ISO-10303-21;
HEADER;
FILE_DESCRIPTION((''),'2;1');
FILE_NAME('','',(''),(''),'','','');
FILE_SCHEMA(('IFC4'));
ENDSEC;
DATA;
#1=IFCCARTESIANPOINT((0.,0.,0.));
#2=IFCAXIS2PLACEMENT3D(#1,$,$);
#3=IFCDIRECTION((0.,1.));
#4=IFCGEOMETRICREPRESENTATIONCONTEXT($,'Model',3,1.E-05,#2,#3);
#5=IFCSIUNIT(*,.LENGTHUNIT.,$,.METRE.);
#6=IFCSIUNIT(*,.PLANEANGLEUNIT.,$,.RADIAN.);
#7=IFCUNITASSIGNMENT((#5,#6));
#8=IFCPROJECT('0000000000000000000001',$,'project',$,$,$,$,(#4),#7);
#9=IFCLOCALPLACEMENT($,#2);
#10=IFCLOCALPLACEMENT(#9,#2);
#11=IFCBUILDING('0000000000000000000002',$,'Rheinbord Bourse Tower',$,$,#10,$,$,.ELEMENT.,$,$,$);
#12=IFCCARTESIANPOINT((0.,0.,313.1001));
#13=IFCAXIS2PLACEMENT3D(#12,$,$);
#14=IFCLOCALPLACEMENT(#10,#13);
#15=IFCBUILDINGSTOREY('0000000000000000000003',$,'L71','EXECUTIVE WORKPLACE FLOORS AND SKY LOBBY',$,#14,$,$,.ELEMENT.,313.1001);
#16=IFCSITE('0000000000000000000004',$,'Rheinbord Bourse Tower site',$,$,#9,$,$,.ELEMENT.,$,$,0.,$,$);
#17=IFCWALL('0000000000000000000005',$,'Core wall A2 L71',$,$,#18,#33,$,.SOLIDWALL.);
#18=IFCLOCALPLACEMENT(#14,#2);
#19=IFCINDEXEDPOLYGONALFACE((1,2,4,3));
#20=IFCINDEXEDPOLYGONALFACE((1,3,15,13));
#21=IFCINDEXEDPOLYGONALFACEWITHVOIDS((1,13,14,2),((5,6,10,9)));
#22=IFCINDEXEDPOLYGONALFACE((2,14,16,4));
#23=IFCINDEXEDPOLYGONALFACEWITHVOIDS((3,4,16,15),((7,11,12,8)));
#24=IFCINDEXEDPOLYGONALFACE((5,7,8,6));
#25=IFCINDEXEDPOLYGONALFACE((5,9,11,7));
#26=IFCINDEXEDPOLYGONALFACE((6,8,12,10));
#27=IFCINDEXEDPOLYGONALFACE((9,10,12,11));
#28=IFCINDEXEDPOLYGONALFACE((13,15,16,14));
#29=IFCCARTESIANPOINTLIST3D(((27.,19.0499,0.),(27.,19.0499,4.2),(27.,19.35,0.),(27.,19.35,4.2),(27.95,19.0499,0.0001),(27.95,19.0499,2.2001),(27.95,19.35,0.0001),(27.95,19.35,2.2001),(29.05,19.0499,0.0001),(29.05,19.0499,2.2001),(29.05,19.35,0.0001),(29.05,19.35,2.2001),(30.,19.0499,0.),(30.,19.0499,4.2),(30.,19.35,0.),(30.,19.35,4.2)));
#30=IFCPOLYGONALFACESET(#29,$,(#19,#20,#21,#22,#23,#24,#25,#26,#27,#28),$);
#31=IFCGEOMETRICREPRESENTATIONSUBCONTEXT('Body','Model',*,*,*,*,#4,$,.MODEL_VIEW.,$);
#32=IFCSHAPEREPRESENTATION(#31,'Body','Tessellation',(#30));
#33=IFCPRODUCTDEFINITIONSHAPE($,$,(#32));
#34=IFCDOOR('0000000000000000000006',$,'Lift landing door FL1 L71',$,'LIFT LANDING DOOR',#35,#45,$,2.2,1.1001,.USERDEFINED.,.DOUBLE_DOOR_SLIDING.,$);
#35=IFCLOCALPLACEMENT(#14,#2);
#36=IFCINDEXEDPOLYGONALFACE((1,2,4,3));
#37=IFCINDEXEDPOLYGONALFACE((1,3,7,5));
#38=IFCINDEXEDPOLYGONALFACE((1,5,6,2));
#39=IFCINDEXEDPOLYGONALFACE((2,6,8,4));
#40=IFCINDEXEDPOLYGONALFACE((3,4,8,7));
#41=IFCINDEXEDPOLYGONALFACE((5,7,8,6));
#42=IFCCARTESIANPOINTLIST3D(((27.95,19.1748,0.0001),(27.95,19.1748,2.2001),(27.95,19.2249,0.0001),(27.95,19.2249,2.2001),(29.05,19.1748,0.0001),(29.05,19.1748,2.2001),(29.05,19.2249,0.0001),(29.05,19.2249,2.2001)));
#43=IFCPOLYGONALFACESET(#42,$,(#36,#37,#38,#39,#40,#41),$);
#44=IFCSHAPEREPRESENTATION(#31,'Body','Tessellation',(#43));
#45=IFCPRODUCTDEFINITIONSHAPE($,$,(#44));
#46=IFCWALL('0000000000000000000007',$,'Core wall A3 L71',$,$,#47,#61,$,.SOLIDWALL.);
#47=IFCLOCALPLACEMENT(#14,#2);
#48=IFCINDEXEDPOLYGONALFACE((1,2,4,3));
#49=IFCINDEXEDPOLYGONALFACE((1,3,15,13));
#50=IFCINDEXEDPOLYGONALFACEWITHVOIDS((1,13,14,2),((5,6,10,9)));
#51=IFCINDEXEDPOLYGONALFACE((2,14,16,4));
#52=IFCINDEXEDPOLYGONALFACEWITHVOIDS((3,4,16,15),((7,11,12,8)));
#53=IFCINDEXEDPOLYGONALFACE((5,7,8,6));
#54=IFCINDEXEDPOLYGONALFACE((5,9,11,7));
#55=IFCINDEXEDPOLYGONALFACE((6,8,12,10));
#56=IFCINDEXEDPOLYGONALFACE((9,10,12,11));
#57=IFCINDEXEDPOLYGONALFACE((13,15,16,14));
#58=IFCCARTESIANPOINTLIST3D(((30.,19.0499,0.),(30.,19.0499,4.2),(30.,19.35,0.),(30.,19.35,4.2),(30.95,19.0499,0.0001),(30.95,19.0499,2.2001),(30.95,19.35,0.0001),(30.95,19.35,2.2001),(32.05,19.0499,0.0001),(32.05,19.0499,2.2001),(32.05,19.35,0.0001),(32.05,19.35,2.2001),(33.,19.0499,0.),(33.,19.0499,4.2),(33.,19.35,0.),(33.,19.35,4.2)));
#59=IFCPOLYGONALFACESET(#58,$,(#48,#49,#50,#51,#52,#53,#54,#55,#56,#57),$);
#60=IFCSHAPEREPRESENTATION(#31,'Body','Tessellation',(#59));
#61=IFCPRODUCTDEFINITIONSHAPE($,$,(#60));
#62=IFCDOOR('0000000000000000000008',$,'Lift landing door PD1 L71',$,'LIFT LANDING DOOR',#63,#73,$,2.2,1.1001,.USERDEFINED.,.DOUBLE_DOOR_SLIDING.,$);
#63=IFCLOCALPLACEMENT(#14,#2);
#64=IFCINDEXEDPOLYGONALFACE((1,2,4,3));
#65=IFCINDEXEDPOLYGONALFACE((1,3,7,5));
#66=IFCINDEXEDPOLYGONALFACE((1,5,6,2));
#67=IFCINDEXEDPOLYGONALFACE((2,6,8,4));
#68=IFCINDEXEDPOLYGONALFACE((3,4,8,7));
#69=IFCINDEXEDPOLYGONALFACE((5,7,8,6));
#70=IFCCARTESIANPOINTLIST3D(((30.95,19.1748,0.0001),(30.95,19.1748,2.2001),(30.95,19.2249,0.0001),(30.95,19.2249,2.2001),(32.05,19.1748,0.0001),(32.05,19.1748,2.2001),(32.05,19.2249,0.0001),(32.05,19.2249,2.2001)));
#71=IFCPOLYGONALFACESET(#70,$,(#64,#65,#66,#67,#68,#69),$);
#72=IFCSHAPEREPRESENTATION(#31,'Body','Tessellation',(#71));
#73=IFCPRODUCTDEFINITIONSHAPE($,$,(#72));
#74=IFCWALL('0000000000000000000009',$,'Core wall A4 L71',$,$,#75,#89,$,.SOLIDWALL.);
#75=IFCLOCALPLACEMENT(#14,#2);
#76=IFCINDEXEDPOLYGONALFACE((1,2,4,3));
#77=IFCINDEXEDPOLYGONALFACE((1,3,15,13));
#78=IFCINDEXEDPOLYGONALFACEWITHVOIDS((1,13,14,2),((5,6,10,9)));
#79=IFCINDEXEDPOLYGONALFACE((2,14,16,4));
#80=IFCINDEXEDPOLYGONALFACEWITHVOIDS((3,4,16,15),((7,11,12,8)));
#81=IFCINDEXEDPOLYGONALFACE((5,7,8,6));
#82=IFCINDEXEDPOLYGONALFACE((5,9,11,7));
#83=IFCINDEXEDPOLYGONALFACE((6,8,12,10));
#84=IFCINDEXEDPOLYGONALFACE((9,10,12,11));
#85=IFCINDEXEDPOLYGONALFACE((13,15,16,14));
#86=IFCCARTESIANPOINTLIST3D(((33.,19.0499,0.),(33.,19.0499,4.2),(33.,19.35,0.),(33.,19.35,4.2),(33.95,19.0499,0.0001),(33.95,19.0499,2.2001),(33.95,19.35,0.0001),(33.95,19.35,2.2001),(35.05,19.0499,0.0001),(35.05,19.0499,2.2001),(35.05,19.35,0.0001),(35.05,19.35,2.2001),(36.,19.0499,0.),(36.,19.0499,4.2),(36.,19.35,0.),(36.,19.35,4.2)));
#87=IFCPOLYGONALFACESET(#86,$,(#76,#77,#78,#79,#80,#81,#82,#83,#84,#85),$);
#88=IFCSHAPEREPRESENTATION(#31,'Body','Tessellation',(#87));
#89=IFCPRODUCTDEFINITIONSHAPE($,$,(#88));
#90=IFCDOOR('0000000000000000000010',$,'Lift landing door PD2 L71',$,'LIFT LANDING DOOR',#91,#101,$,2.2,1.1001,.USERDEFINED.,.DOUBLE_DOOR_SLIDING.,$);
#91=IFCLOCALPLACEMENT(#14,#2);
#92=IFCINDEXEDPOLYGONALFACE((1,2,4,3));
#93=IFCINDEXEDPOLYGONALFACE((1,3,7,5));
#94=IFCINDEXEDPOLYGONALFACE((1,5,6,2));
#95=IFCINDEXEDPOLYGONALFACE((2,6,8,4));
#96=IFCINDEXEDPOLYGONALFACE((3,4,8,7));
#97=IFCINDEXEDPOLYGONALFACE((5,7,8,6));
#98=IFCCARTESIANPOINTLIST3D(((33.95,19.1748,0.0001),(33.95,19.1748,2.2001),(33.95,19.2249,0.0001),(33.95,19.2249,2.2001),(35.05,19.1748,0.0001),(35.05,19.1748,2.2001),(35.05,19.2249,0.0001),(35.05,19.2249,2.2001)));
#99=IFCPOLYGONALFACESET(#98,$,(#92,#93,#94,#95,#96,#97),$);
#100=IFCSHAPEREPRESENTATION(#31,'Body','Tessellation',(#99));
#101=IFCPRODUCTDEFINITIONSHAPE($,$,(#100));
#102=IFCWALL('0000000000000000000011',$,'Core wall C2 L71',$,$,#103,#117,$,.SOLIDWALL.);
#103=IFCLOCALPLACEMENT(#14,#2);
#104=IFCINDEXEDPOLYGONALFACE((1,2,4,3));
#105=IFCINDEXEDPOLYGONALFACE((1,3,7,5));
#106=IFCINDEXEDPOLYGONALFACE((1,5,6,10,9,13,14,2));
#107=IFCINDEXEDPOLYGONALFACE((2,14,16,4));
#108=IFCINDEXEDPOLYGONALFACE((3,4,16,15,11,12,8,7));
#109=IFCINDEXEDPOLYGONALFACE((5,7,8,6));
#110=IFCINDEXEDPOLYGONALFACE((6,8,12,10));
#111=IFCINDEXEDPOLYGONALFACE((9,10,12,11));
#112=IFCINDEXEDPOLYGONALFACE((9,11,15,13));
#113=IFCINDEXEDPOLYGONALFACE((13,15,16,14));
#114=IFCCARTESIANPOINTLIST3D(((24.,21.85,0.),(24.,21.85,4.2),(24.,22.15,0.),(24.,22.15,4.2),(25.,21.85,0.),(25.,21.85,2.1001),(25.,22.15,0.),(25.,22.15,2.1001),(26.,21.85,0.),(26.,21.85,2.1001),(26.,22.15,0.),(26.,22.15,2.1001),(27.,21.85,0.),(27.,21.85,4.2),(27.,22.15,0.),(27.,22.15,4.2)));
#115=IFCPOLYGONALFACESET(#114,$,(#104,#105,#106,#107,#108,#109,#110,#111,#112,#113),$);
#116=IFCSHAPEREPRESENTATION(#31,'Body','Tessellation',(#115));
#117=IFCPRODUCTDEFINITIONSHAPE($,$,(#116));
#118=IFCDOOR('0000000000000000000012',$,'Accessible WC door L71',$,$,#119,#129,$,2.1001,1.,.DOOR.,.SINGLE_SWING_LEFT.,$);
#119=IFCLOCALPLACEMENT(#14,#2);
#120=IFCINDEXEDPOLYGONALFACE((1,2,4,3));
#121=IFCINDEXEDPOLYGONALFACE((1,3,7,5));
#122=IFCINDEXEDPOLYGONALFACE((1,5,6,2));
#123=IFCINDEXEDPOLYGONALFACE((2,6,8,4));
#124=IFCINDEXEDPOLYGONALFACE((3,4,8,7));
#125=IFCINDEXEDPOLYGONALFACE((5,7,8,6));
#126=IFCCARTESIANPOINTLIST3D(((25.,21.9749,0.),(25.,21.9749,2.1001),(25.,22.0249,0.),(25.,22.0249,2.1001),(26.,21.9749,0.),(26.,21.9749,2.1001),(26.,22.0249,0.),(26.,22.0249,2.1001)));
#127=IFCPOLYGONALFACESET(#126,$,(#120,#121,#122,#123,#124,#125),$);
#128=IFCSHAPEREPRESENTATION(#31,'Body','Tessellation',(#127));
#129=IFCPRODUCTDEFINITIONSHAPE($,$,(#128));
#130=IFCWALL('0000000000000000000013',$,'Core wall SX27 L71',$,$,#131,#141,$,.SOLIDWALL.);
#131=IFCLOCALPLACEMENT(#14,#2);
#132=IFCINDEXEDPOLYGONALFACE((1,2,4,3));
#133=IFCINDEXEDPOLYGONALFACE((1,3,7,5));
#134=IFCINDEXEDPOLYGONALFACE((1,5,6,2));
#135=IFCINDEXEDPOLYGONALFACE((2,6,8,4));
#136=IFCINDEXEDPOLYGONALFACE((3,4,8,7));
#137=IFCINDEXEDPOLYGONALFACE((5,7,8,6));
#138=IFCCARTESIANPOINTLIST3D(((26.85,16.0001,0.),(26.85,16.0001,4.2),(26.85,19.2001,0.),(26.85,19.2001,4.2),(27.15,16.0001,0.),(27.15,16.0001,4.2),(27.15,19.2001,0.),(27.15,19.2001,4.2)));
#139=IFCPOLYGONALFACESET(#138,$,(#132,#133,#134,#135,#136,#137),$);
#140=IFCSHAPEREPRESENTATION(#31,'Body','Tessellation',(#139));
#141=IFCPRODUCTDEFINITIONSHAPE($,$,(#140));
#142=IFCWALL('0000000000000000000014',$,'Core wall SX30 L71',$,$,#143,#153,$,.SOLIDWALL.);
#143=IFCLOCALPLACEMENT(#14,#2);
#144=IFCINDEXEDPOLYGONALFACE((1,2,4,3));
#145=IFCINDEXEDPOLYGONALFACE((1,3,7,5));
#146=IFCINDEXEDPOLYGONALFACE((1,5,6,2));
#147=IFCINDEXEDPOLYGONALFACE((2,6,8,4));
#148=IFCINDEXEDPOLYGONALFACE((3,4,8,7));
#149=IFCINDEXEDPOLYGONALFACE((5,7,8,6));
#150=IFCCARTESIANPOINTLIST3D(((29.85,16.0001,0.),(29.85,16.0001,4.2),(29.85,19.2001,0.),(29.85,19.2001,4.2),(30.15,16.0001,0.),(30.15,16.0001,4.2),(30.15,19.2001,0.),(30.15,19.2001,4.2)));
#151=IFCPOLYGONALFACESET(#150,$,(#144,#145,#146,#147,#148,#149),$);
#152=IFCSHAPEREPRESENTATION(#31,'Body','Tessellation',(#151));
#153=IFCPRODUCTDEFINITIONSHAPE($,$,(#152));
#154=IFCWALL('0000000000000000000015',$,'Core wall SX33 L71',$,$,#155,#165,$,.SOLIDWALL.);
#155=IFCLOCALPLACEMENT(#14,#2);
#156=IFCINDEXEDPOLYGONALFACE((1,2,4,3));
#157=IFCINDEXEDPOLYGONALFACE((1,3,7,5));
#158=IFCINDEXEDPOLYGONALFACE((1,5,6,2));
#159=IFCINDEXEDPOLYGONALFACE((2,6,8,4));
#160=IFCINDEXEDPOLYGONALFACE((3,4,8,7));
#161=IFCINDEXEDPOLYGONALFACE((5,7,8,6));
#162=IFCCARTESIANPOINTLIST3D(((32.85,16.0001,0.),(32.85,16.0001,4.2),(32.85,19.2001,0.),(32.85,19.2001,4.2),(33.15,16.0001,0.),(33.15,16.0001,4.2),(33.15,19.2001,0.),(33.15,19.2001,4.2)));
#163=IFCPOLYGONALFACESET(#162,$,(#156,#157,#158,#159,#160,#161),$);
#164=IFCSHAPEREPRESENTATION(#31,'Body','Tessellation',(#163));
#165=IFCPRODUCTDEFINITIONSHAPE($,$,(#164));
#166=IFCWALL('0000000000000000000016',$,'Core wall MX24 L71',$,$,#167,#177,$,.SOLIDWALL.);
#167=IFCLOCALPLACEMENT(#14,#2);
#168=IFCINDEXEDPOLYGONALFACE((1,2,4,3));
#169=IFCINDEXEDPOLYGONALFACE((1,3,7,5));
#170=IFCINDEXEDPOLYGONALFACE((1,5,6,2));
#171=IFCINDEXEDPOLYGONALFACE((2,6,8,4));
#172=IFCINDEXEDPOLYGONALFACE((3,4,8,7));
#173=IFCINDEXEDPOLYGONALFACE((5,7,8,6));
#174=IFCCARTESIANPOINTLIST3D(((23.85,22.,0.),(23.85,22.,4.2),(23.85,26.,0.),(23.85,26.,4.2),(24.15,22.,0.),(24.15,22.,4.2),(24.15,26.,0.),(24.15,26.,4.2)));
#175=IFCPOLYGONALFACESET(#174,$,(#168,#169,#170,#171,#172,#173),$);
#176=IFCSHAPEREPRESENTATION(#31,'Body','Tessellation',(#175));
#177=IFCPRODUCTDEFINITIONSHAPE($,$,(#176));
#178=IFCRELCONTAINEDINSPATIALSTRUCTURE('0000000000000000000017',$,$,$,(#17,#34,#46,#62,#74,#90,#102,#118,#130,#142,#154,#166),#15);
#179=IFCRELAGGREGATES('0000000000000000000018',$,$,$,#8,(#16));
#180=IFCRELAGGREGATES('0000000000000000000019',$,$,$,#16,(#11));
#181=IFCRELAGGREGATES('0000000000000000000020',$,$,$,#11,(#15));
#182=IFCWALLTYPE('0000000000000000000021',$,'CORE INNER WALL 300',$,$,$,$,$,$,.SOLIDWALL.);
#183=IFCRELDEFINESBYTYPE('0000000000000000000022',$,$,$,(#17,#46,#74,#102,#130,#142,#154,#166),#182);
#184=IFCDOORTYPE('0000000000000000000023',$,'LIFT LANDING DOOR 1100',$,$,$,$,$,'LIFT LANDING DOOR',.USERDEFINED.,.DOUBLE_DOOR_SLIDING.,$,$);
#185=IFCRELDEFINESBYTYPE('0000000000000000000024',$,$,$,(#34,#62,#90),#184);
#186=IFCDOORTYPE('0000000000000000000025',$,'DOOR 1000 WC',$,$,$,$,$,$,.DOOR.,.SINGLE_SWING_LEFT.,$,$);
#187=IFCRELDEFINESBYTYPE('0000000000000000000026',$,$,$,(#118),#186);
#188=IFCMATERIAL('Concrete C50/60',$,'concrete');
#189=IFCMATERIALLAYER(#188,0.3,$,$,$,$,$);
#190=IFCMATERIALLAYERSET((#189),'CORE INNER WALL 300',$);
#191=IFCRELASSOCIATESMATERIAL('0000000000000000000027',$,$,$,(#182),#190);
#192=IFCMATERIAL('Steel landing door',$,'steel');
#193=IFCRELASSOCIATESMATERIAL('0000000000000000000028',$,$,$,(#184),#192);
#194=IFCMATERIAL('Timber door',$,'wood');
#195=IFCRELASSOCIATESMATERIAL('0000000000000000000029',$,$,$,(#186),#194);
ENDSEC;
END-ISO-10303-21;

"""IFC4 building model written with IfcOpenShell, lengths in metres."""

from ifc_helpers import new_model, si_unit, direction, frame, frame_2d, origin, place, context, subcontext, project, spatial, rectangle, extrude, material, layer, layer_set, type_object, element, fill, save


model = new_model("IFC4")

# Units and contexts
model_context = context("Model", 3, precision=1e-05, world=origin(), true_north=direction((0.0, 1.0)))
body_context = subcontext(model_context, "Body", "Model", "MODEL_VIEW")
ifc_project = project(units=[si_unit("LENGTHUNIT", "METRE"), si_unit("PLANEANGLEUNIT", "RADIAN")], contexts=[model_context])

# Site, building, storey
site_placement = place(None, origin())
site = spatial("IfcSite", under=ifc_project, at=site_placement, Name="Rheinbord Bourse Tower site", CompositionType="ELEMENT", RefElevation=0.0)
building_placement = place(site_placement, origin())
building = spatial("IfcBuilding", under=site, at=building_placement, Name="Rheinbord Bourse Tower", CompositionType="ELEMENT")
storey_placement = place(building_placement, frame((0.0, 0.0, 313.1001)))
storey = spatial("IfcBuildingStorey", under=building, at=storey_placement, Name="L71", Description="EXECUTIVE WORKPLACE FLOORS AND SKY LOBBY", CompositionType="ELEMENT", Elevation=313.1001)

# Walls, openings, doors
ifc_material_1 = material(Name="Concrete C50/60", Category="concrete")
ifc_layer_1 = layer(ifc_material_1, 0.3)
ifc_layer_set_1 = layer_set([ifc_layer_1], Name="CORE INNER WALL 300")
wall_type_1 = type_object("IfcWallType", Name="CORE INNER WALL 300", PredefinedType="SOLIDWALL", material=ifc_layer_set_1)
wall_1_placement = place(storey_placement, frame((27.0, 19.2, 0.0), z_axis=(0.0, 0.0, 1.0), x_axis=(1.0, 0.0, 0.0)))
wall_1 = element("IfcWall", 1, at=wall_1_placement, inside=storey, type_object=wall_type_1, Name="Core wall A2 L71", PredefinedType="SOLIDWALL", context=body_context, shape_type="SweptSolid", body=[
    extrude(rectangle(XDim=3.0, YDim=0.3, at=frame_2d((1.5, 0.0))), origin(), (0.0, 0.0, 1.0), 4.2),
])
opening_1_placement = place(wall_1_placement, frame((0.95, 0.0, 0.0)))
opening_1 = element("IfcOpeningElement", 2, at=opening_1_placement, cuts=wall_1, PredefinedType="OPENING", context=body_context, shape_type="SweptSolid", body=[
    extrude(rectangle(XDim=1.1001, YDim=2.2, at=frame_2d((0.55, 1.1001))), frame((0.0, 0.1599, 0.0), z_axis=(0.0, -1.0, 0.0), x_axis=(1.0, 0.0, 0.0)), (0.0, 0.0, 1.0), 0.3201),
])
ifc_material_2 = material(Name="Steel landing door", Category="steel")
door_type_1 = type_object("IfcDoorType", Name="LIFT LANDING DOOR 1100", ElementType="LIFT LANDING DOOR", OperationType="DOUBLE_DOOR_SLIDING", PredefinedType="USERDEFINED", material=ifc_material_2)
door_1_placement = place(opening_1_placement, origin())
door_1 = element("IfcDoor", 3, at=door_1_placement, inside=storey, type_object=door_type_1, Name="Lift landing door FL1 L71", ObjectType="LIFT LANDING DOOR", OperationType="DOUBLE_DOOR_SLIDING", OverallHeight=2.2, OverallWidth=1.1001, PredefinedType="USERDEFINED", context=body_context, shape_type="SweptSolid", body=[
    extrude(rectangle(XDim=1.1001, YDim=2.2, at=frame_2d((0.55, 1.1001))), frame((0.0, 0.0249, 0.0), z_axis=(0.0, -1.0, 0.0), x_axis=(1.0, 0.0, 0.0)), (0.0, 0.0, 1.0), 0.05),
])
fill(opening_1, door_1)
wall_2_placement = place(storey_placement, frame((30.0, 19.2, 0.0), z_axis=(0.0, 0.0, 1.0), x_axis=(1.0, 0.0, 0.0)))
wall_2 = element("IfcWall", 4, at=wall_2_placement, inside=storey, type_object=wall_type_1, Name="Core wall A3 L71", PredefinedType="SOLIDWALL", context=body_context, shape_type="SweptSolid", body=[
    extrude(rectangle(XDim=3.0, YDim=0.3, at=frame_2d((1.5, 0.0))), origin(), (0.0, 0.0, 1.0), 4.2),
])
opening_2_placement = place(wall_2_placement, frame((0.95, 0.0, 0.0)))
opening_2 = element("IfcOpeningElement", 5, at=opening_2_placement, cuts=wall_2, PredefinedType="OPENING", context=body_context, shape_type="SweptSolid", body=[
    extrude(rectangle(XDim=1.1001, YDim=2.2, at=frame_2d((0.55, 1.1001))), frame((0.0, 0.1599, 0.0), z_axis=(0.0, -1.0, 0.0), x_axis=(1.0, 0.0, 0.0)), (0.0, 0.0, 1.0), 0.3201),
])
door_2_placement = place(opening_2_placement, origin())
door_2 = element("IfcDoor", 6, at=door_2_placement, inside=storey, type_object=door_type_1, Name="Lift landing door PD1 L71", ObjectType="LIFT LANDING DOOR", OperationType="DOUBLE_DOOR_SLIDING", OverallHeight=2.2, OverallWidth=1.1001, PredefinedType="USERDEFINED", context=body_context, shape_type="SweptSolid", body=[
    extrude(rectangle(XDim=1.1001, YDim=2.2, at=frame_2d((0.55, 1.1001))), frame((0.0, 0.0249, 0.0), z_axis=(0.0, -1.0, 0.0), x_axis=(1.0, 0.0, 0.0)), (0.0, 0.0, 1.0), 0.05),
])
fill(opening_2, door_2)
wall_3_placement = place(storey_placement, frame((33.0, 19.2, 0.0), z_axis=(0.0, 0.0, 1.0), x_axis=(1.0, 0.0, 0.0)))
wall_3 = element("IfcWall", 7, at=wall_3_placement, inside=storey, type_object=wall_type_1, Name="Core wall A4 L71", PredefinedType="SOLIDWALL", context=body_context, shape_type="SweptSolid", body=[
    extrude(rectangle(XDim=3.0, YDim=0.3, at=frame_2d((1.5, 0.0))), origin(), (0.0, 0.0, 1.0), 4.2),
])
opening_3_placement = place(wall_3_placement, frame((0.95, 0.0, 0.0)))
opening_3 = element("IfcOpeningElement", 8, at=opening_3_placement, cuts=wall_3, PredefinedType="OPENING", context=body_context, shape_type="SweptSolid", body=[
    extrude(rectangle(XDim=1.1001, YDim=2.2, at=frame_2d((0.55, 1.1001))), frame((0.0, 0.1599, 0.0), z_axis=(0.0, -1.0, 0.0), x_axis=(1.0, 0.0, 0.0)), (0.0, 0.0, 1.0), 0.3201),
])
door_3_placement = place(opening_3_placement, origin())
door_3 = element("IfcDoor", 9, at=door_3_placement, inside=storey, type_object=door_type_1, Name="Lift landing door PD2 L71", ObjectType="LIFT LANDING DOOR", OperationType="DOUBLE_DOOR_SLIDING", OverallHeight=2.2, OverallWidth=1.1001, PredefinedType="USERDEFINED", context=body_context, shape_type="SweptSolid", body=[
    extrude(rectangle(XDim=1.1001, YDim=2.2, at=frame_2d((0.55, 1.1001))), frame((0.0, 0.0249, 0.0), z_axis=(0.0, -1.0, 0.0), x_axis=(1.0, 0.0, 0.0)), (0.0, 0.0, 1.0), 0.05),
])
fill(opening_3, door_3)
wall_4_placement = place(storey_placement, frame((24.0, 22.0, 0.0), z_axis=(0.0, 0.0, 1.0), x_axis=(1.0, 0.0, 0.0)))
wall_4 = element("IfcWall", 10, at=wall_4_placement, inside=storey, type_object=wall_type_1, Name="Core wall C2 L71", PredefinedType="SOLIDWALL", context=body_context, shape_type="SweptSolid", body=[
    extrude(rectangle(XDim=3.0, YDim=0.3, at=frame_2d((1.5, 0.0))), origin(), (0.0, 0.0, 1.0), 4.2),
])
opening_4_placement = place(wall_4_placement, frame((1.0, 0.0, 0.0)))
opening_4 = element("IfcOpeningElement", 11, at=opening_4_placement, cuts=wall_4, PredefinedType="OPENING", context=body_context, shape_type="SweptSolid", body=[
    extrude(rectangle(XDim=1.0, YDim=2.1001, at=frame_2d((0.5, 1.05))), frame((0.0, 0.1599, 0.0), z_axis=(0.0, -1.0, 0.0), x_axis=(1.0, 0.0, 0.0)), (0.0, 0.0, 1.0), 0.3201),
])
ifc_material_3 = material(Name="Timber door", Category="wood")
door_type_2 = type_object("IfcDoorType", Name="DOOR 1000 WC", OperationType="SINGLE_SWING_LEFT", PredefinedType="DOOR", material=ifc_material_3)
door_4_placement = place(opening_4_placement, origin())
door_4 = element("IfcDoor", 12, at=door_4_placement, inside=storey, type_object=door_type_2, Name="Accessible WC door L71", OperationType="SINGLE_SWING_LEFT", OverallHeight=2.1001, OverallWidth=1.0, PredefinedType="DOOR", context=body_context, shape_type="SweptSolid", body=[
    extrude(rectangle(XDim=1.0, YDim=2.1001, at=frame_2d((0.5, 1.05))), frame((0.0, 0.0249, 0.0), z_axis=(0.0, -1.0, 0.0), x_axis=(1.0, 0.0, 0.0)), (0.0, 0.0, 1.0), 0.05),
])
fill(opening_4, door_4)

# Walls
for number, where, z_axis, x_axis, name in (
    (13, (27.0, 16.0, 0.0), (0.0, 0.0, 1.0), (0.0, 1.0, 0.0), "Core wall SX27 L71"),
    (14, (30.0, 16.0, 0.0), (0.0, 0.0, 1.0), (0.0, 1.0, 0.0), "Core wall SX30 L71"),
    (15, (33.0, 16.0, 0.0), (0.0, 0.0, 1.0), (0.0, 1.0, 0.0), "Core wall SX33 L71"),
):
    element("IfcWall", number, at=place(storey_placement, frame(where, z_axis=z_axis, x_axis=x_axis)), inside=storey, type_object=wall_type_1, Name=name, PredefinedType="SOLIDWALL", context=body_context, shape_type="SweptSolid", body=[
        extrude(rectangle(XDim=3.2, YDim=0.3, at=frame_2d((1.6001, 0.0))), origin(), (0.0, 0.0, 1.0), 4.2),
    ])
wall_5_placement = place(storey_placement, frame((24.0, 22.0, 0.0), z_axis=(0.0, 0.0, 1.0), x_axis=(0.0, 1.0, 0.0)))
element("IfcWall", 16, at=wall_5_placement, inside=storey, type_object=wall_type_1, Name="Core wall MX24 L71", PredefinedType="SOLIDWALL", context=body_context, shape_type="SweptSolid", body=[
    extrude(rectangle(XDim=4.0, YDim=0.3, at=frame_2d((2.0, 0.0))), origin(), (0.0, 0.0, 1.0), 4.2),
])

save(model, "model.ifc")
